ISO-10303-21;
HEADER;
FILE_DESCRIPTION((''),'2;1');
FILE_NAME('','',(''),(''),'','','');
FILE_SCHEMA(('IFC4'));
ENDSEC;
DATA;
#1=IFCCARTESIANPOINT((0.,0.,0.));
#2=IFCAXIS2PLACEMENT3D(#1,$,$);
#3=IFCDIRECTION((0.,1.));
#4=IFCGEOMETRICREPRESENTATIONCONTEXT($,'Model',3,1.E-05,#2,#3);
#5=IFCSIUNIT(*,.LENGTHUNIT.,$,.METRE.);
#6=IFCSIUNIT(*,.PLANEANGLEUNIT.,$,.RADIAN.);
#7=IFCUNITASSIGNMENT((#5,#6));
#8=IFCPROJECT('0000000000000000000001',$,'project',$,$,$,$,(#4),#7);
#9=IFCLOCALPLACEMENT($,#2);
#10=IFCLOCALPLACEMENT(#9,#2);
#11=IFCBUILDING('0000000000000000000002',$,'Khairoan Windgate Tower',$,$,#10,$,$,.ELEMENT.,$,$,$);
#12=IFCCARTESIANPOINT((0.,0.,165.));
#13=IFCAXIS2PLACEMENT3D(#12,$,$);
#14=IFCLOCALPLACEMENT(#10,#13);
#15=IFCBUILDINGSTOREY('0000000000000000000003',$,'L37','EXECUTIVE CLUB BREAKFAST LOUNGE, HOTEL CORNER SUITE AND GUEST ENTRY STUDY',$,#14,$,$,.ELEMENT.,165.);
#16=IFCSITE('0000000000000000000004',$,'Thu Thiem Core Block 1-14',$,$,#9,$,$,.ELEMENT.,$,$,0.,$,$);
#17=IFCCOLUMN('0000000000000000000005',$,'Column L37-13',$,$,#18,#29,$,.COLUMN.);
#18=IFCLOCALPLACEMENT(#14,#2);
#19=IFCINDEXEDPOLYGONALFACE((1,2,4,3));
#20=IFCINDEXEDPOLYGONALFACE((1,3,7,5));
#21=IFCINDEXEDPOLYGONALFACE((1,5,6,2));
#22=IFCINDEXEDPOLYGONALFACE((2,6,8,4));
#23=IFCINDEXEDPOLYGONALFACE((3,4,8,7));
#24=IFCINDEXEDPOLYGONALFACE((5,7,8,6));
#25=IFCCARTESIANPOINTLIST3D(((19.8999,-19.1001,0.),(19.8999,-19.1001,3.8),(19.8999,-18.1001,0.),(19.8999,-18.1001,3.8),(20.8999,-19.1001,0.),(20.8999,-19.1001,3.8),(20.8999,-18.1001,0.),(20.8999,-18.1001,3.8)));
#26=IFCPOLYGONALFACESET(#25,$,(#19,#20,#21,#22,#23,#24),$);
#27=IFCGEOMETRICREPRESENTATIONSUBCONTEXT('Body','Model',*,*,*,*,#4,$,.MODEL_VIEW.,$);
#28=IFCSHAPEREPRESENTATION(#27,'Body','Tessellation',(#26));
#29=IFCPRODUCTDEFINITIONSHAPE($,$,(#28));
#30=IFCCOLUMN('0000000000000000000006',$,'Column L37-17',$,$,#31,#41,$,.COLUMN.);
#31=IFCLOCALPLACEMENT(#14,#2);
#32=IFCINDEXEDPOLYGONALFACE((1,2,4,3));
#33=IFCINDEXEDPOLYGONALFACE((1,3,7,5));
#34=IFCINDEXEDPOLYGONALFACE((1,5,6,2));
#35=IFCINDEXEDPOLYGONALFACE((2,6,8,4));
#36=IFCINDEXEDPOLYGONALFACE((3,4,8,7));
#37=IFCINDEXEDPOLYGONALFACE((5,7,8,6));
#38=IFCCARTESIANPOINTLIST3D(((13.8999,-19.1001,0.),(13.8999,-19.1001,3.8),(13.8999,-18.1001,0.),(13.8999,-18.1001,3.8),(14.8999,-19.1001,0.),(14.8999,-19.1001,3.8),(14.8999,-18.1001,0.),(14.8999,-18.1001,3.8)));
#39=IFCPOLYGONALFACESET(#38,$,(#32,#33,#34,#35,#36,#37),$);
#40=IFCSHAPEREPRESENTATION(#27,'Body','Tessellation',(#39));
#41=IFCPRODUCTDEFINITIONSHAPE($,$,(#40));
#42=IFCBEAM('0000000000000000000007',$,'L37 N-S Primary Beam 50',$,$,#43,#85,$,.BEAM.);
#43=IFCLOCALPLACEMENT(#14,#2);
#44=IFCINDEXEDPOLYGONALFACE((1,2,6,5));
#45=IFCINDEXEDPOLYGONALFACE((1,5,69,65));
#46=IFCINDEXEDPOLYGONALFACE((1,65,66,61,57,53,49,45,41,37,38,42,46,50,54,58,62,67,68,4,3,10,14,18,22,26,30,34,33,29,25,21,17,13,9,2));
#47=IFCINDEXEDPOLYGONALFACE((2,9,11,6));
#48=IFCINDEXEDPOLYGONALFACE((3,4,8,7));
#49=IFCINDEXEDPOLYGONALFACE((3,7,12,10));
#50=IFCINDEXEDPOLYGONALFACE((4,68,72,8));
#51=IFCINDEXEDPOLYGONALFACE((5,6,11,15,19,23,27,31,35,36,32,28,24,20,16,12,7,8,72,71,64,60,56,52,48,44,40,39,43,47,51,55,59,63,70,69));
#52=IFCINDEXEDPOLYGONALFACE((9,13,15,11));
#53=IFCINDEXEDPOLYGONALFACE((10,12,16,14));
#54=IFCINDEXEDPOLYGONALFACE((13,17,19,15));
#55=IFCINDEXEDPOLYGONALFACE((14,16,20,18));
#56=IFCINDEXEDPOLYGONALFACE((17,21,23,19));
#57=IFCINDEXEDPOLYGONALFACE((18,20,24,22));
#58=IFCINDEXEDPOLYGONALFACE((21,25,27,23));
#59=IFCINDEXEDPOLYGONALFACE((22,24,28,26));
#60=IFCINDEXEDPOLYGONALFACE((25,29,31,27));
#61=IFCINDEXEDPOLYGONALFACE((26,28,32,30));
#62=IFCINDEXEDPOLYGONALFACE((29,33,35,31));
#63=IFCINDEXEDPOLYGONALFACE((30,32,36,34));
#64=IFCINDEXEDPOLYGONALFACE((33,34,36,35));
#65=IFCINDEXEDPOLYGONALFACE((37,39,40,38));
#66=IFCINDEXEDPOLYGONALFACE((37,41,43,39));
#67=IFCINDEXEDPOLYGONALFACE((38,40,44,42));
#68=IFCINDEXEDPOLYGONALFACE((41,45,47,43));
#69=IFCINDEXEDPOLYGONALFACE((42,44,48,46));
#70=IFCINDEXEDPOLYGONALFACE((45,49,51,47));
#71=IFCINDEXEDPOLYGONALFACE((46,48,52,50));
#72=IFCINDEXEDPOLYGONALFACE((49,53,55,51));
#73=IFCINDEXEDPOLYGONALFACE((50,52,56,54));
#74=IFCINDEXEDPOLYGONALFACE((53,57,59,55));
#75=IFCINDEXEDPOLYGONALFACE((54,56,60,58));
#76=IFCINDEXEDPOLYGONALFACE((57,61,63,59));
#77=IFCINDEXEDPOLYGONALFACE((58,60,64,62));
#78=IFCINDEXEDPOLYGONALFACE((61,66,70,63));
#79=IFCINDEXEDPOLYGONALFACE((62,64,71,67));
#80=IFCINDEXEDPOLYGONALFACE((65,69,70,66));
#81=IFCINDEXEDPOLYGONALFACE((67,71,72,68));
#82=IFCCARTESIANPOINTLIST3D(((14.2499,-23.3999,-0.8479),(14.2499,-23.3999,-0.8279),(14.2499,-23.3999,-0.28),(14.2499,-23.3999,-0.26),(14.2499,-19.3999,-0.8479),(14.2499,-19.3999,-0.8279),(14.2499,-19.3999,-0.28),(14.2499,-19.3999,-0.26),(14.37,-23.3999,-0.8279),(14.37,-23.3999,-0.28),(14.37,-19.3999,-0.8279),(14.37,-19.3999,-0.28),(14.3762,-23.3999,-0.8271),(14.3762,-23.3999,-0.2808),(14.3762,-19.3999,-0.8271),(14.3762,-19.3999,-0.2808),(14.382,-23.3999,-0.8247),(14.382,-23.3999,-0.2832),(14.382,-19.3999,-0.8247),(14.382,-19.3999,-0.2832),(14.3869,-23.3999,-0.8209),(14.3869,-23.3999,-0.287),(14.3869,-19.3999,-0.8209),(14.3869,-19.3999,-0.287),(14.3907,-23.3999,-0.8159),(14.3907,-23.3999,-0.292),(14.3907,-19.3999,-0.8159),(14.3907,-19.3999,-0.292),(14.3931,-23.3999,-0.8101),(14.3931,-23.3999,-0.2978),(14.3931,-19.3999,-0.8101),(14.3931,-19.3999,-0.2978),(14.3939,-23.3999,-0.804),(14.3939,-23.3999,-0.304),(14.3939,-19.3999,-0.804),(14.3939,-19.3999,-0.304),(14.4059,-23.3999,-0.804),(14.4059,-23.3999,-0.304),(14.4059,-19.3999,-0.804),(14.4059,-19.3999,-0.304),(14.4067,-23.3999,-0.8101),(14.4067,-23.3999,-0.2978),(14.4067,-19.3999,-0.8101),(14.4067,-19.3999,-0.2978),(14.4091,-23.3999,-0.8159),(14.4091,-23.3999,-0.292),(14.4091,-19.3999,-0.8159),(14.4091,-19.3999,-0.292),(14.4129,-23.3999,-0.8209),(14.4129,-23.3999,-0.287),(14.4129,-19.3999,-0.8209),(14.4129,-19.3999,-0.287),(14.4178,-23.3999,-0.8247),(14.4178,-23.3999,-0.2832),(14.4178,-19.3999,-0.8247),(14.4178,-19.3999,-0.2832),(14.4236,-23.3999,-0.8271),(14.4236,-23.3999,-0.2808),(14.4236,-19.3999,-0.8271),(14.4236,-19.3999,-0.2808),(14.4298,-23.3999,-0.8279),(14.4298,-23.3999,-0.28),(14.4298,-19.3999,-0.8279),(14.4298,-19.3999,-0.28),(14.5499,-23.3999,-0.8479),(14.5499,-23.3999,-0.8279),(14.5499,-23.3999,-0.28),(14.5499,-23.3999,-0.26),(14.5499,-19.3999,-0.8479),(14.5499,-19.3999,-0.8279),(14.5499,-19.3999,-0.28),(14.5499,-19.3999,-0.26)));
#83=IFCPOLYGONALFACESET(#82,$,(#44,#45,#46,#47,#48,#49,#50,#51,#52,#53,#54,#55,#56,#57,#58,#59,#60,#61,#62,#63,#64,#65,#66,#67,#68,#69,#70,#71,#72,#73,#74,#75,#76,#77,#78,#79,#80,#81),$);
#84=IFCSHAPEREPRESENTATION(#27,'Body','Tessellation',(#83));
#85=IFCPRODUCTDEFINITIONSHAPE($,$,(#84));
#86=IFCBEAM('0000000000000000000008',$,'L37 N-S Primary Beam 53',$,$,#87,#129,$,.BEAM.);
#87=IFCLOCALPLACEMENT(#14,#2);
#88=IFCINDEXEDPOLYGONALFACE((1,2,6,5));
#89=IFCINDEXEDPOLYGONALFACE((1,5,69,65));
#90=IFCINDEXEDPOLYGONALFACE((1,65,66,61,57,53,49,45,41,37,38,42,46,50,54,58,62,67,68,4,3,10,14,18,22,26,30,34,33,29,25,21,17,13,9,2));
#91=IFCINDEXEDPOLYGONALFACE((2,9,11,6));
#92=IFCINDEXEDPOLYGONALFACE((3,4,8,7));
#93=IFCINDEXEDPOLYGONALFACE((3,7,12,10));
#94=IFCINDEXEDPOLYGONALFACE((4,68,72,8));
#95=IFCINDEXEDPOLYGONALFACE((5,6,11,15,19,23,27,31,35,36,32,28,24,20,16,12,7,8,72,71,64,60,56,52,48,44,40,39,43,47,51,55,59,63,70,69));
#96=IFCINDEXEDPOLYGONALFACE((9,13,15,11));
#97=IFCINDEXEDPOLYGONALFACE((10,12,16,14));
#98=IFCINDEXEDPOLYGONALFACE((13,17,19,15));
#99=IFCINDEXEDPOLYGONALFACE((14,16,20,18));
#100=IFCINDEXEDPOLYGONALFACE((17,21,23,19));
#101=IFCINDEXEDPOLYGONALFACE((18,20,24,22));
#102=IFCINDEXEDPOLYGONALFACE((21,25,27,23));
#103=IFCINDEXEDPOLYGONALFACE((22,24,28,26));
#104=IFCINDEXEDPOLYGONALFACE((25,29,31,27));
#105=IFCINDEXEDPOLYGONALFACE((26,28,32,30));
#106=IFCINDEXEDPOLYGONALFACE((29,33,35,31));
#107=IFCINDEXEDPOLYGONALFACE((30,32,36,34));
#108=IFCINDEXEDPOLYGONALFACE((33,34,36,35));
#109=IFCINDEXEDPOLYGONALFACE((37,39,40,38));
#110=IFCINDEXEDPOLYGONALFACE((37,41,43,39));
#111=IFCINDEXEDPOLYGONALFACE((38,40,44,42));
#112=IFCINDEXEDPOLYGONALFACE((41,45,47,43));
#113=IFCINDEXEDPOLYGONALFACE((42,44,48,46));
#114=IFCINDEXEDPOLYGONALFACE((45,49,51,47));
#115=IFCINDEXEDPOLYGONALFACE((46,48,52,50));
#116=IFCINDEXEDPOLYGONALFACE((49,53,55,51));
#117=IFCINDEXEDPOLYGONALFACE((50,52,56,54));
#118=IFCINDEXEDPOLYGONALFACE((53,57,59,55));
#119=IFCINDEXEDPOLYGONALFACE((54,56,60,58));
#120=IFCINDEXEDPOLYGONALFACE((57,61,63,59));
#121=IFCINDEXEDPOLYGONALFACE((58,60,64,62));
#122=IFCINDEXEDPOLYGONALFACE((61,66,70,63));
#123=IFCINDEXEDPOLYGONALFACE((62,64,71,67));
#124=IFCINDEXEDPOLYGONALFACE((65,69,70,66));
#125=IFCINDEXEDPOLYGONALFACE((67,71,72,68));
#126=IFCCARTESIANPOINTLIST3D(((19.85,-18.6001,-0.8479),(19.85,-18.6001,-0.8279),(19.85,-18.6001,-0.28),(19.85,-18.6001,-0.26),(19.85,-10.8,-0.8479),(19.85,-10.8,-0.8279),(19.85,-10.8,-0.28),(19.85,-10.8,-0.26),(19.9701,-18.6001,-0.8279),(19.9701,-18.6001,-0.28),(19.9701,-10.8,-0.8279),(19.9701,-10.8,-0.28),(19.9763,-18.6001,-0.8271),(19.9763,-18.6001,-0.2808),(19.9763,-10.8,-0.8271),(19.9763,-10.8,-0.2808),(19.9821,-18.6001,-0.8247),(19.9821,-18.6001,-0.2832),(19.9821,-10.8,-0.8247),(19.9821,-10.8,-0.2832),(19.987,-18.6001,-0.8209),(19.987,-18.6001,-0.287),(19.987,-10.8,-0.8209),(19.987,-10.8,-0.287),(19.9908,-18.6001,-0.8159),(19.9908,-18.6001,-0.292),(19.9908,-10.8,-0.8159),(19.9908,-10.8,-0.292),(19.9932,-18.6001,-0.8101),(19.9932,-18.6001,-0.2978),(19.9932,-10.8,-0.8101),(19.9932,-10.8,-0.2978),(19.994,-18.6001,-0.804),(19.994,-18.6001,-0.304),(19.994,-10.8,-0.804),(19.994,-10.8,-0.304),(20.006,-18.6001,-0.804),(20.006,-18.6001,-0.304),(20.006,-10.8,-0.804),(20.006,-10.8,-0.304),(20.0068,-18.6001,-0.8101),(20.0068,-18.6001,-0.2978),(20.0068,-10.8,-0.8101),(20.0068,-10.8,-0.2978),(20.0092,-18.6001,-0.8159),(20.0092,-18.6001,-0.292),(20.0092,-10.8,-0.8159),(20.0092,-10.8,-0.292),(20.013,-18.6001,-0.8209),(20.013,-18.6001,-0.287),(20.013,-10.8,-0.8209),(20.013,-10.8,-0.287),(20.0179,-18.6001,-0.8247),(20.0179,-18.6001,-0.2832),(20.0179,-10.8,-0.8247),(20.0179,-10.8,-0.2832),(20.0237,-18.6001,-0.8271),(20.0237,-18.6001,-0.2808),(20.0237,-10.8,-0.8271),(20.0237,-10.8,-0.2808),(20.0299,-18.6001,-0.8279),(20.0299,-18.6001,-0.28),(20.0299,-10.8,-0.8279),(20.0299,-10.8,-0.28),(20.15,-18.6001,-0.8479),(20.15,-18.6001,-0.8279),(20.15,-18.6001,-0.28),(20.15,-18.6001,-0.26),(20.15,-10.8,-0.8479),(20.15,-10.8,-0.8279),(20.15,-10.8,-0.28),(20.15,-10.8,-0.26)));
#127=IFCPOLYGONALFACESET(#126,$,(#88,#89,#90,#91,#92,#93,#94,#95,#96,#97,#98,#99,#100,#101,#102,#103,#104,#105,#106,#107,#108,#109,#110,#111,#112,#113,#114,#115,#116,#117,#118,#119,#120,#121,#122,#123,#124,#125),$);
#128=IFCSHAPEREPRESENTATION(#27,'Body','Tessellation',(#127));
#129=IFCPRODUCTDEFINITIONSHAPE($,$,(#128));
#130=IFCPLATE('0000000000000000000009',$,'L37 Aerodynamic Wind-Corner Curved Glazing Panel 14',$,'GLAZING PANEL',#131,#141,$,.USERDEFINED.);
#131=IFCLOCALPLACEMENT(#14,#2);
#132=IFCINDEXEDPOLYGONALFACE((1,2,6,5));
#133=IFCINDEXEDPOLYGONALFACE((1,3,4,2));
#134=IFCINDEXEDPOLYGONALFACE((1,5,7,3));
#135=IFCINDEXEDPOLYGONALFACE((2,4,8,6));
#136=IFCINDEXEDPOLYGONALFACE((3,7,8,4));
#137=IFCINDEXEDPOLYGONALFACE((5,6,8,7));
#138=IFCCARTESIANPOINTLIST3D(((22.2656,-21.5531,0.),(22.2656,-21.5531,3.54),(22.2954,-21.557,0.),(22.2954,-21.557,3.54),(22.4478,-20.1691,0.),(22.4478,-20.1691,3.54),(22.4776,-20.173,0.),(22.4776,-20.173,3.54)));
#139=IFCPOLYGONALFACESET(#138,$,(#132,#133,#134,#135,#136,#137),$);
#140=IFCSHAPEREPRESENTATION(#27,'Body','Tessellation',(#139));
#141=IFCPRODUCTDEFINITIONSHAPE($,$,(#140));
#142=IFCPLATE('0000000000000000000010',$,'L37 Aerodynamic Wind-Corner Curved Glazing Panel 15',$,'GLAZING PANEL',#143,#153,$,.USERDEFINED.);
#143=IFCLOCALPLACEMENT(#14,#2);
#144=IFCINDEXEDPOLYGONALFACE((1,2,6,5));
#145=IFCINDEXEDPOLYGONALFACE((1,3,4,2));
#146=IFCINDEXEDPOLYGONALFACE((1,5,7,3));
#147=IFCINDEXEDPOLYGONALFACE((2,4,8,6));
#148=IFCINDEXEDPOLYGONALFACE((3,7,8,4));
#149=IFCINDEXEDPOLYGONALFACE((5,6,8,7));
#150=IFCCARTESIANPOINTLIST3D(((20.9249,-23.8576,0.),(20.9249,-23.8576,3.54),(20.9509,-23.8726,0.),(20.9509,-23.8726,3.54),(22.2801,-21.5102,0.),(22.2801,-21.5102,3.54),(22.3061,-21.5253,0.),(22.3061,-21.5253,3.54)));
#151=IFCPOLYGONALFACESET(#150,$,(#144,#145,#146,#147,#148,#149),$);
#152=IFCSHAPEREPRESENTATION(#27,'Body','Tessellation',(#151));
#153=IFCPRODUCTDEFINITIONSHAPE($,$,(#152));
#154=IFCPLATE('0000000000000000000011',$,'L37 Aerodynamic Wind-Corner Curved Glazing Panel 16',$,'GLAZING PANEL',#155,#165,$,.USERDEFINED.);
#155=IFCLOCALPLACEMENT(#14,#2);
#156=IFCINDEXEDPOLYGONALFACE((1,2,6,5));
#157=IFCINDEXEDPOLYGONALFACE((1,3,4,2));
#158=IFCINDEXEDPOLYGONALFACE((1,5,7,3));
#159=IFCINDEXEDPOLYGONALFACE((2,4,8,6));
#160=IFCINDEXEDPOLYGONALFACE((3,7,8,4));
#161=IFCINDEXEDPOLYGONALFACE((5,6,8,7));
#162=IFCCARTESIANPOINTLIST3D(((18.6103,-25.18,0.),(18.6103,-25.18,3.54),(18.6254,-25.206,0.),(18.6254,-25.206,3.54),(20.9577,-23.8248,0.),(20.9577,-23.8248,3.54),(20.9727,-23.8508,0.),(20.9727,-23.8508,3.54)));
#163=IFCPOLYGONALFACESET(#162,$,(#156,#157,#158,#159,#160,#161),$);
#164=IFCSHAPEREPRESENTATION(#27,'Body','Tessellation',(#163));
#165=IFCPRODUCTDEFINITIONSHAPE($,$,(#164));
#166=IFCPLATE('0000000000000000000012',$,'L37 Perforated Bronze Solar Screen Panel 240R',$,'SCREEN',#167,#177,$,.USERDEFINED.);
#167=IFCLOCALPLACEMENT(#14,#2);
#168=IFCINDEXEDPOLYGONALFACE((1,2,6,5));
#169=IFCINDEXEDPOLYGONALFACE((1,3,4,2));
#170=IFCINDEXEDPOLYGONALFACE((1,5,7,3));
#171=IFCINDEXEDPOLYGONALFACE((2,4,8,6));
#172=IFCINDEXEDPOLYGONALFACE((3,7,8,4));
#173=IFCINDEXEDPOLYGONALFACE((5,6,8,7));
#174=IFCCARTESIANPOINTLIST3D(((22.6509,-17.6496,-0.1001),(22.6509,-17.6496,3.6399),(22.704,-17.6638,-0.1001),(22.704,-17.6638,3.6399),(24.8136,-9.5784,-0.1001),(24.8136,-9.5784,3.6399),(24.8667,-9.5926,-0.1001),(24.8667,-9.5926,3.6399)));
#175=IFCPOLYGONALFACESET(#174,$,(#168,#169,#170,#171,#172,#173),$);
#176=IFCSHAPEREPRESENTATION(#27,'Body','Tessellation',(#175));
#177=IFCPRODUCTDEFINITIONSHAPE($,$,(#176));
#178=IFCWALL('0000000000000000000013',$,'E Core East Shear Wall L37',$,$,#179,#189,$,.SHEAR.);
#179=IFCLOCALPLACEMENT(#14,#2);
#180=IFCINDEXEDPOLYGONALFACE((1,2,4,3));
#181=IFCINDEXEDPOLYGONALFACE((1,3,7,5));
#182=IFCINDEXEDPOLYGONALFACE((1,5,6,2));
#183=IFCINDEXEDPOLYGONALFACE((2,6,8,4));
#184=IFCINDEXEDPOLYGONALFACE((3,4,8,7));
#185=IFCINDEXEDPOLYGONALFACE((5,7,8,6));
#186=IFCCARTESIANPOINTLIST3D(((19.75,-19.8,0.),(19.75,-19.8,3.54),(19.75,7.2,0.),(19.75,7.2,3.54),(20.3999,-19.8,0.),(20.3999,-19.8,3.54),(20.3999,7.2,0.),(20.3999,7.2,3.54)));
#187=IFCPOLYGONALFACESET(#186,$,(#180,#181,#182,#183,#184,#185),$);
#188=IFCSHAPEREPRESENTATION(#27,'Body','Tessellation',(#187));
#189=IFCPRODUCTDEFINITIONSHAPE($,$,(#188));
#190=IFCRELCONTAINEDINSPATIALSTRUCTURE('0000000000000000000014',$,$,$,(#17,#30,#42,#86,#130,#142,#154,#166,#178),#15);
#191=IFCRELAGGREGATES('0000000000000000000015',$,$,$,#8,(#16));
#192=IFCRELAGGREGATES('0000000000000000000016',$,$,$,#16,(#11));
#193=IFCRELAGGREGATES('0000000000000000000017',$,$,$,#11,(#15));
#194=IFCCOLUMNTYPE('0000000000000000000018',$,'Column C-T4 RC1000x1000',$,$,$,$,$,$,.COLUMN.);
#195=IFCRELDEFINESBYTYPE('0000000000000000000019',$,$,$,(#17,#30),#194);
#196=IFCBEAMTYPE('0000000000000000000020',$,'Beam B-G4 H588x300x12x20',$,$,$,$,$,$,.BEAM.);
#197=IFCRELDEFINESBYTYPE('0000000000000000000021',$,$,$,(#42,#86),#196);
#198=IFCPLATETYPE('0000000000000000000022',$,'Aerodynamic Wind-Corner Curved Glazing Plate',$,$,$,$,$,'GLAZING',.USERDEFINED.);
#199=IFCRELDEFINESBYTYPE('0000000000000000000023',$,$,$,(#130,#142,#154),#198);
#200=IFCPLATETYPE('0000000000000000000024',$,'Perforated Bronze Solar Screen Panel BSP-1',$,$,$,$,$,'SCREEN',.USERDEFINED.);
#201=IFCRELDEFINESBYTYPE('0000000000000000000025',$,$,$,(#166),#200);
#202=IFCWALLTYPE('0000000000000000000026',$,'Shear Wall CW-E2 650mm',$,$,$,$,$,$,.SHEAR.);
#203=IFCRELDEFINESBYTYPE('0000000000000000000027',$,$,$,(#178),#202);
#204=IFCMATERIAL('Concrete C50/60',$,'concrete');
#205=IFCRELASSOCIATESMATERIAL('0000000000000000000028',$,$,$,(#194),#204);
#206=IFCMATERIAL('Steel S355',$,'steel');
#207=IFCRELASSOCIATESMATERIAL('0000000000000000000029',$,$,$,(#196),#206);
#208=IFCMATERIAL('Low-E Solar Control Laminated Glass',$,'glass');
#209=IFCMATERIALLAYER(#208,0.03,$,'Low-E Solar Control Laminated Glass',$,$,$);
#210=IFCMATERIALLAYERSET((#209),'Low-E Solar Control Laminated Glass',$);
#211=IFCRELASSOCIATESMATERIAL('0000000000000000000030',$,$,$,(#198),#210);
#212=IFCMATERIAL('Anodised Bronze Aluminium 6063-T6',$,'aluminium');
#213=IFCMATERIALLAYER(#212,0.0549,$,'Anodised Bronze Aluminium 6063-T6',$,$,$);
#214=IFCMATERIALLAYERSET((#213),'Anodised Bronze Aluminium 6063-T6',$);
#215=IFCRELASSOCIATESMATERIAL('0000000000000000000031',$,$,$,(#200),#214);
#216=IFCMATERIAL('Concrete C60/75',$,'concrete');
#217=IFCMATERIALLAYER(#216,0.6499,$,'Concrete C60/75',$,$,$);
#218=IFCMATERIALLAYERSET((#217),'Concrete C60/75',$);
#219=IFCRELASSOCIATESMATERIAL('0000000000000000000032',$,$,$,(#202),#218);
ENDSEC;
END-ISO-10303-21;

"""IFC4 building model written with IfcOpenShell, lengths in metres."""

from ifc_helpers import new_model, si_unit, direction, frame, frame_2d, origin, origin_2d, place, context, subcontext, project, spatial, rectangle, i_section, extrude, material, layer, layer_set, material_profile, profile_set, type_object, element, save


model = new_model("IFC4")

# Units and contexts
model_context = context("Model", 3, precision=1e-05, world=origin(), true_north=direction((0.0, 1.0)))
body_context = subcontext(model_context, "Body", "Model", "MODEL_VIEW")
ifc_project = project(units=[si_unit("LENGTHUNIT", "METRE"), si_unit("PLANEANGLEUNIT", "RADIAN")], contexts=[model_context])

# Site, building, storey
site_placement = place(None, origin())
site = spatial("IfcSite", under=ifc_project, at=site_placement, Name="Thu Thiem Core Block 1-14", CompositionType="ELEMENT", RefElevation=0.0)
building_placement = place(site_placement, origin())
building = spatial("IfcBuilding", under=site, at=building_placement, Name="Khairoan Windgate Tower", CompositionType="ELEMENT")
storey_placement = place(building_placement, frame((0.0, 0.0, 165.0)))
storey = spatial("IfcBuildingStorey", under=building, at=storey_placement, Name="L37", Description="EXECUTIVE CLUB BREAKFAST LOUNGE, HOTEL CORNER SUITE AND GUEST ENTRY STUDY", CompositionType="ELEMENT", Elevation=165.0)

# Columns
ifc_material_1 = material(Name="Concrete C50/60", Category="concrete")
ifc_material_profile_1 = material_profile(ifc_material_1, rectangle(XDim=1.0, YDim=1.0, at=origin_2d()))
ifc_profile_set_1 = profile_set([ifc_material_profile_1], Name="Concrete C50/60")
column_type = type_object("IfcColumnType", Name="Column C-T4 RC1000x1000", PredefinedType="COLUMN", material=ifc_profile_set_1)
for number, where, z_axis, x_axis, name in (
    (1, (20.3999, -18.6001, 0.0), (0.0, 0.0, 1.0), (1.0, 0.0, 0.0), "Column L37-13"),
    (2, (14.3999, -18.6001, 0.0), (0.0, 0.0, 1.0), (1.0, 0.0, 0.0), "Column L37-17"),
):
    element("IfcColumn", number, at=place(storey_placement, frame(where, z_axis=z_axis, x_axis=x_axis)), inside=storey, type_object=column_type, Name=name, PredefinedType="COLUMN", context=body_context, shape_type="SweptSolid", body=[
        extrude(rectangle(XDim=1.0, YDim=1.0, at=origin_2d()), origin(), (0.0, 0.0, 1.0), 3.8),
    ])

# Beams
ifc_material_2 = material(Name="Steel S355", Category="steel")
ifc_material_profile_2 = material_profile(ifc_material_2, i_section(OverallWidth=0.3, OverallDepth=0.5879, WebThickness=0.012, FlangeThickness=0.02, FilletRadius=0.0239, at=origin_2d()))
ifc_profile_set_2 = profile_set([ifc_material_profile_2], Name="Steel S355")
beam_type = type_object("IfcBeamType", Name="Beam B-G4 H588x300x12x20", PredefinedType="BEAM", material=ifc_profile_set_2)
beam_1_placement = place(storey_placement, frame((14.3999, -23.3999, -0.554), z_axis=(0.0, 1.0, 0.0), x_axis=(-1.0, 0.0, 0.0)))
element("IfcBeam", 3, at=beam_1_placement, inside=storey, type_object=beam_type, Name="L37 N-S Primary Beam 50", PredefinedType="BEAM", context=body_context, shape_type="SweptSolid", body=[
    extrude(i_section(OverallWidth=0.3, OverallDepth=0.5879, WebThickness=0.012, FlangeThickness=0.02, FilletRadius=0.0239, at=origin_2d()), origin(), (0.0, 0.0, 1.0), 4.0),
])
beam_2_placement = place(storey_placement, frame((20.0, -18.6001, -0.554), z_axis=(0.0, 1.0, 0.0), x_axis=(-1.0, 0.0, 0.0)))
element("IfcBeam", 4, at=beam_2_placement, inside=storey, type_object=beam_type, Name="L37 N-S Primary Beam 53", PredefinedType="BEAM", context=body_context, shape_type="SweptSolid", body=[
    extrude(i_section(OverallWidth=0.3, OverallDepth=0.5879, WebThickness=0.012, FlangeThickness=0.02, FilletRadius=0.0239, at=origin_2d()), origin(), (0.0, 0.0, 1.0), 7.8),
])

# Plates
ifc_material_3 = material(Name="Low-E Solar Control Laminated Glass", Category="glass")
ifc_layer_1 = layer(ifc_material_3, 0.03, Name="Low-E Solar Control Laminated Glass")
ifc_layer_set_1 = layer_set([ifc_layer_1], Name="Low-E Solar Control Laminated Glass")
plate_type_1 = type_object("IfcPlateType", Name="Aerodynamic Wind-Corner Curved Glazing Plate", ElementType="GLAZING", PredefinedType="USERDEFINED", material=ifc_layer_set_1)
plate_1_placement = place(storey_placement, frame((22.3716, -20.863, 0.0), z_axis=(0.0, 0.0, 1.0), x_axis=(-0.130526, -0.991445, 0.0)))
element("IfcPlate", 5, at=plate_1_placement, inside=storey, type_object=plate_type_1, Name="L37 Aerodynamic Wind-Corner Curved Glazing Panel 14", ObjectType="GLAZING PANEL", PredefinedType="USERDEFINED", context=body_context, shape_type="SweptSolid", body=[
    extrude(rectangle(XDim=1.396, YDim=0.03, at=origin_2d()), origin(), (0.0, 0.0, 1.0), 3.54),
])
for number, where, z_axis, x_axis, name in (
    (6, (21.6155, -22.6914, 0.0), (0.0, 0.0, 1.0), (-0.5, -0.866025, 0.0), "L37 Aerodynamic Wind-Corner Curved Glazing Panel 15"),
    (7, (19.7915, -24.5154, 0.0), (0.0, 0.0, 1.0), (-0.866025, -0.5, 0.0), "L37 Aerodynamic Wind-Corner Curved Glazing Panel 16"),
):
    element("IfcPlate", number, at=place(storey_placement, frame(where, z_axis=z_axis, x_axis=x_axis)), inside=storey, type_object=plate_type_1, Name=name, ObjectType="GLAZING PANEL", PredefinedType="USERDEFINED", context=body_context, shape_type="SweptSolid", body=[
        extrude(rectangle(XDim=2.7104, YDim=0.03, at=origin_2d()), origin(), (0.0, 0.0, 1.0), 3.54),
    ])

# Plate
ifc_material_4 = material(Name="Anodised Bronze Aluminium 6063-T6", Category="aluminium")
ifc_layer_2 = layer(ifc_material_4, 0.0549, Name="Anodised Bronze Aluminium 6063-T6")
ifc_layer_set_2 = layer_set([ifc_layer_2], Name="Anodised Bronze Aluminium 6063-T6")
plate_type_2 = type_object("IfcPlateType", Name="Perforated Bronze Solar Screen Panel BSP-1", ElementType="SCREEN", PredefinedType="USERDEFINED", material=ifc_layer_set_2)
plate_2_placement = place(storey_placement, frame((23.7588, -13.6211, -0.1001), z_axis=(0.0, 0.0, 1.0), x_axis=(-0.258819, -0.965926, 0.0)))
element("IfcPlate", 8, at=plate_2_placement, inside=storey, type_object=plate_type_2, Name="L37 Perforated Bronze Solar Screen Panel 240R", ObjectType="SCREEN", PredefinedType="USERDEFINED", context=body_context, shape_type="SweptSolid", body=[
    extrude(rectangle(XDim=8.356, YDim=0.0549, at=origin_2d()), origin(), (0.0, 0.0, 1.0), 3.74),
])

# Wall
ifc_material_5 = material(Name="Concrete C60/75", Category="concrete")
ifc_layer_3 = layer(ifc_material_5, 0.6499, Name="Concrete C60/75")
ifc_layer_set_3 = layer_set([ifc_layer_3], Name="Concrete C60/75")
wall_type_1 = type_object("IfcWallType", Name="Shear Wall CW-E2 650mm", PredefinedType="SHEAR", material=ifc_layer_set_3)
wall_1_placement = place(storey_placement, frame((20.075, -19.8, 0.0), z_axis=(0.0, 0.0, 1.0), x_axis=(0.0, 1.0, 0.0)))
element("IfcWall", 9, at=wall_1_placement, inside=storey, type_object=wall_type_1, Name="E Core East Shear Wall L37", PredefinedType="SHEAR", context=body_context, shape_type="SweptSolid", body=[
    extrude(rectangle(XDim=27.0, YDim=0.6499, at=frame_2d((13.5, 0.0))), origin(), (0.0, 0.0, 1.0), 3.54),
])

save(model, "model.ifc")
